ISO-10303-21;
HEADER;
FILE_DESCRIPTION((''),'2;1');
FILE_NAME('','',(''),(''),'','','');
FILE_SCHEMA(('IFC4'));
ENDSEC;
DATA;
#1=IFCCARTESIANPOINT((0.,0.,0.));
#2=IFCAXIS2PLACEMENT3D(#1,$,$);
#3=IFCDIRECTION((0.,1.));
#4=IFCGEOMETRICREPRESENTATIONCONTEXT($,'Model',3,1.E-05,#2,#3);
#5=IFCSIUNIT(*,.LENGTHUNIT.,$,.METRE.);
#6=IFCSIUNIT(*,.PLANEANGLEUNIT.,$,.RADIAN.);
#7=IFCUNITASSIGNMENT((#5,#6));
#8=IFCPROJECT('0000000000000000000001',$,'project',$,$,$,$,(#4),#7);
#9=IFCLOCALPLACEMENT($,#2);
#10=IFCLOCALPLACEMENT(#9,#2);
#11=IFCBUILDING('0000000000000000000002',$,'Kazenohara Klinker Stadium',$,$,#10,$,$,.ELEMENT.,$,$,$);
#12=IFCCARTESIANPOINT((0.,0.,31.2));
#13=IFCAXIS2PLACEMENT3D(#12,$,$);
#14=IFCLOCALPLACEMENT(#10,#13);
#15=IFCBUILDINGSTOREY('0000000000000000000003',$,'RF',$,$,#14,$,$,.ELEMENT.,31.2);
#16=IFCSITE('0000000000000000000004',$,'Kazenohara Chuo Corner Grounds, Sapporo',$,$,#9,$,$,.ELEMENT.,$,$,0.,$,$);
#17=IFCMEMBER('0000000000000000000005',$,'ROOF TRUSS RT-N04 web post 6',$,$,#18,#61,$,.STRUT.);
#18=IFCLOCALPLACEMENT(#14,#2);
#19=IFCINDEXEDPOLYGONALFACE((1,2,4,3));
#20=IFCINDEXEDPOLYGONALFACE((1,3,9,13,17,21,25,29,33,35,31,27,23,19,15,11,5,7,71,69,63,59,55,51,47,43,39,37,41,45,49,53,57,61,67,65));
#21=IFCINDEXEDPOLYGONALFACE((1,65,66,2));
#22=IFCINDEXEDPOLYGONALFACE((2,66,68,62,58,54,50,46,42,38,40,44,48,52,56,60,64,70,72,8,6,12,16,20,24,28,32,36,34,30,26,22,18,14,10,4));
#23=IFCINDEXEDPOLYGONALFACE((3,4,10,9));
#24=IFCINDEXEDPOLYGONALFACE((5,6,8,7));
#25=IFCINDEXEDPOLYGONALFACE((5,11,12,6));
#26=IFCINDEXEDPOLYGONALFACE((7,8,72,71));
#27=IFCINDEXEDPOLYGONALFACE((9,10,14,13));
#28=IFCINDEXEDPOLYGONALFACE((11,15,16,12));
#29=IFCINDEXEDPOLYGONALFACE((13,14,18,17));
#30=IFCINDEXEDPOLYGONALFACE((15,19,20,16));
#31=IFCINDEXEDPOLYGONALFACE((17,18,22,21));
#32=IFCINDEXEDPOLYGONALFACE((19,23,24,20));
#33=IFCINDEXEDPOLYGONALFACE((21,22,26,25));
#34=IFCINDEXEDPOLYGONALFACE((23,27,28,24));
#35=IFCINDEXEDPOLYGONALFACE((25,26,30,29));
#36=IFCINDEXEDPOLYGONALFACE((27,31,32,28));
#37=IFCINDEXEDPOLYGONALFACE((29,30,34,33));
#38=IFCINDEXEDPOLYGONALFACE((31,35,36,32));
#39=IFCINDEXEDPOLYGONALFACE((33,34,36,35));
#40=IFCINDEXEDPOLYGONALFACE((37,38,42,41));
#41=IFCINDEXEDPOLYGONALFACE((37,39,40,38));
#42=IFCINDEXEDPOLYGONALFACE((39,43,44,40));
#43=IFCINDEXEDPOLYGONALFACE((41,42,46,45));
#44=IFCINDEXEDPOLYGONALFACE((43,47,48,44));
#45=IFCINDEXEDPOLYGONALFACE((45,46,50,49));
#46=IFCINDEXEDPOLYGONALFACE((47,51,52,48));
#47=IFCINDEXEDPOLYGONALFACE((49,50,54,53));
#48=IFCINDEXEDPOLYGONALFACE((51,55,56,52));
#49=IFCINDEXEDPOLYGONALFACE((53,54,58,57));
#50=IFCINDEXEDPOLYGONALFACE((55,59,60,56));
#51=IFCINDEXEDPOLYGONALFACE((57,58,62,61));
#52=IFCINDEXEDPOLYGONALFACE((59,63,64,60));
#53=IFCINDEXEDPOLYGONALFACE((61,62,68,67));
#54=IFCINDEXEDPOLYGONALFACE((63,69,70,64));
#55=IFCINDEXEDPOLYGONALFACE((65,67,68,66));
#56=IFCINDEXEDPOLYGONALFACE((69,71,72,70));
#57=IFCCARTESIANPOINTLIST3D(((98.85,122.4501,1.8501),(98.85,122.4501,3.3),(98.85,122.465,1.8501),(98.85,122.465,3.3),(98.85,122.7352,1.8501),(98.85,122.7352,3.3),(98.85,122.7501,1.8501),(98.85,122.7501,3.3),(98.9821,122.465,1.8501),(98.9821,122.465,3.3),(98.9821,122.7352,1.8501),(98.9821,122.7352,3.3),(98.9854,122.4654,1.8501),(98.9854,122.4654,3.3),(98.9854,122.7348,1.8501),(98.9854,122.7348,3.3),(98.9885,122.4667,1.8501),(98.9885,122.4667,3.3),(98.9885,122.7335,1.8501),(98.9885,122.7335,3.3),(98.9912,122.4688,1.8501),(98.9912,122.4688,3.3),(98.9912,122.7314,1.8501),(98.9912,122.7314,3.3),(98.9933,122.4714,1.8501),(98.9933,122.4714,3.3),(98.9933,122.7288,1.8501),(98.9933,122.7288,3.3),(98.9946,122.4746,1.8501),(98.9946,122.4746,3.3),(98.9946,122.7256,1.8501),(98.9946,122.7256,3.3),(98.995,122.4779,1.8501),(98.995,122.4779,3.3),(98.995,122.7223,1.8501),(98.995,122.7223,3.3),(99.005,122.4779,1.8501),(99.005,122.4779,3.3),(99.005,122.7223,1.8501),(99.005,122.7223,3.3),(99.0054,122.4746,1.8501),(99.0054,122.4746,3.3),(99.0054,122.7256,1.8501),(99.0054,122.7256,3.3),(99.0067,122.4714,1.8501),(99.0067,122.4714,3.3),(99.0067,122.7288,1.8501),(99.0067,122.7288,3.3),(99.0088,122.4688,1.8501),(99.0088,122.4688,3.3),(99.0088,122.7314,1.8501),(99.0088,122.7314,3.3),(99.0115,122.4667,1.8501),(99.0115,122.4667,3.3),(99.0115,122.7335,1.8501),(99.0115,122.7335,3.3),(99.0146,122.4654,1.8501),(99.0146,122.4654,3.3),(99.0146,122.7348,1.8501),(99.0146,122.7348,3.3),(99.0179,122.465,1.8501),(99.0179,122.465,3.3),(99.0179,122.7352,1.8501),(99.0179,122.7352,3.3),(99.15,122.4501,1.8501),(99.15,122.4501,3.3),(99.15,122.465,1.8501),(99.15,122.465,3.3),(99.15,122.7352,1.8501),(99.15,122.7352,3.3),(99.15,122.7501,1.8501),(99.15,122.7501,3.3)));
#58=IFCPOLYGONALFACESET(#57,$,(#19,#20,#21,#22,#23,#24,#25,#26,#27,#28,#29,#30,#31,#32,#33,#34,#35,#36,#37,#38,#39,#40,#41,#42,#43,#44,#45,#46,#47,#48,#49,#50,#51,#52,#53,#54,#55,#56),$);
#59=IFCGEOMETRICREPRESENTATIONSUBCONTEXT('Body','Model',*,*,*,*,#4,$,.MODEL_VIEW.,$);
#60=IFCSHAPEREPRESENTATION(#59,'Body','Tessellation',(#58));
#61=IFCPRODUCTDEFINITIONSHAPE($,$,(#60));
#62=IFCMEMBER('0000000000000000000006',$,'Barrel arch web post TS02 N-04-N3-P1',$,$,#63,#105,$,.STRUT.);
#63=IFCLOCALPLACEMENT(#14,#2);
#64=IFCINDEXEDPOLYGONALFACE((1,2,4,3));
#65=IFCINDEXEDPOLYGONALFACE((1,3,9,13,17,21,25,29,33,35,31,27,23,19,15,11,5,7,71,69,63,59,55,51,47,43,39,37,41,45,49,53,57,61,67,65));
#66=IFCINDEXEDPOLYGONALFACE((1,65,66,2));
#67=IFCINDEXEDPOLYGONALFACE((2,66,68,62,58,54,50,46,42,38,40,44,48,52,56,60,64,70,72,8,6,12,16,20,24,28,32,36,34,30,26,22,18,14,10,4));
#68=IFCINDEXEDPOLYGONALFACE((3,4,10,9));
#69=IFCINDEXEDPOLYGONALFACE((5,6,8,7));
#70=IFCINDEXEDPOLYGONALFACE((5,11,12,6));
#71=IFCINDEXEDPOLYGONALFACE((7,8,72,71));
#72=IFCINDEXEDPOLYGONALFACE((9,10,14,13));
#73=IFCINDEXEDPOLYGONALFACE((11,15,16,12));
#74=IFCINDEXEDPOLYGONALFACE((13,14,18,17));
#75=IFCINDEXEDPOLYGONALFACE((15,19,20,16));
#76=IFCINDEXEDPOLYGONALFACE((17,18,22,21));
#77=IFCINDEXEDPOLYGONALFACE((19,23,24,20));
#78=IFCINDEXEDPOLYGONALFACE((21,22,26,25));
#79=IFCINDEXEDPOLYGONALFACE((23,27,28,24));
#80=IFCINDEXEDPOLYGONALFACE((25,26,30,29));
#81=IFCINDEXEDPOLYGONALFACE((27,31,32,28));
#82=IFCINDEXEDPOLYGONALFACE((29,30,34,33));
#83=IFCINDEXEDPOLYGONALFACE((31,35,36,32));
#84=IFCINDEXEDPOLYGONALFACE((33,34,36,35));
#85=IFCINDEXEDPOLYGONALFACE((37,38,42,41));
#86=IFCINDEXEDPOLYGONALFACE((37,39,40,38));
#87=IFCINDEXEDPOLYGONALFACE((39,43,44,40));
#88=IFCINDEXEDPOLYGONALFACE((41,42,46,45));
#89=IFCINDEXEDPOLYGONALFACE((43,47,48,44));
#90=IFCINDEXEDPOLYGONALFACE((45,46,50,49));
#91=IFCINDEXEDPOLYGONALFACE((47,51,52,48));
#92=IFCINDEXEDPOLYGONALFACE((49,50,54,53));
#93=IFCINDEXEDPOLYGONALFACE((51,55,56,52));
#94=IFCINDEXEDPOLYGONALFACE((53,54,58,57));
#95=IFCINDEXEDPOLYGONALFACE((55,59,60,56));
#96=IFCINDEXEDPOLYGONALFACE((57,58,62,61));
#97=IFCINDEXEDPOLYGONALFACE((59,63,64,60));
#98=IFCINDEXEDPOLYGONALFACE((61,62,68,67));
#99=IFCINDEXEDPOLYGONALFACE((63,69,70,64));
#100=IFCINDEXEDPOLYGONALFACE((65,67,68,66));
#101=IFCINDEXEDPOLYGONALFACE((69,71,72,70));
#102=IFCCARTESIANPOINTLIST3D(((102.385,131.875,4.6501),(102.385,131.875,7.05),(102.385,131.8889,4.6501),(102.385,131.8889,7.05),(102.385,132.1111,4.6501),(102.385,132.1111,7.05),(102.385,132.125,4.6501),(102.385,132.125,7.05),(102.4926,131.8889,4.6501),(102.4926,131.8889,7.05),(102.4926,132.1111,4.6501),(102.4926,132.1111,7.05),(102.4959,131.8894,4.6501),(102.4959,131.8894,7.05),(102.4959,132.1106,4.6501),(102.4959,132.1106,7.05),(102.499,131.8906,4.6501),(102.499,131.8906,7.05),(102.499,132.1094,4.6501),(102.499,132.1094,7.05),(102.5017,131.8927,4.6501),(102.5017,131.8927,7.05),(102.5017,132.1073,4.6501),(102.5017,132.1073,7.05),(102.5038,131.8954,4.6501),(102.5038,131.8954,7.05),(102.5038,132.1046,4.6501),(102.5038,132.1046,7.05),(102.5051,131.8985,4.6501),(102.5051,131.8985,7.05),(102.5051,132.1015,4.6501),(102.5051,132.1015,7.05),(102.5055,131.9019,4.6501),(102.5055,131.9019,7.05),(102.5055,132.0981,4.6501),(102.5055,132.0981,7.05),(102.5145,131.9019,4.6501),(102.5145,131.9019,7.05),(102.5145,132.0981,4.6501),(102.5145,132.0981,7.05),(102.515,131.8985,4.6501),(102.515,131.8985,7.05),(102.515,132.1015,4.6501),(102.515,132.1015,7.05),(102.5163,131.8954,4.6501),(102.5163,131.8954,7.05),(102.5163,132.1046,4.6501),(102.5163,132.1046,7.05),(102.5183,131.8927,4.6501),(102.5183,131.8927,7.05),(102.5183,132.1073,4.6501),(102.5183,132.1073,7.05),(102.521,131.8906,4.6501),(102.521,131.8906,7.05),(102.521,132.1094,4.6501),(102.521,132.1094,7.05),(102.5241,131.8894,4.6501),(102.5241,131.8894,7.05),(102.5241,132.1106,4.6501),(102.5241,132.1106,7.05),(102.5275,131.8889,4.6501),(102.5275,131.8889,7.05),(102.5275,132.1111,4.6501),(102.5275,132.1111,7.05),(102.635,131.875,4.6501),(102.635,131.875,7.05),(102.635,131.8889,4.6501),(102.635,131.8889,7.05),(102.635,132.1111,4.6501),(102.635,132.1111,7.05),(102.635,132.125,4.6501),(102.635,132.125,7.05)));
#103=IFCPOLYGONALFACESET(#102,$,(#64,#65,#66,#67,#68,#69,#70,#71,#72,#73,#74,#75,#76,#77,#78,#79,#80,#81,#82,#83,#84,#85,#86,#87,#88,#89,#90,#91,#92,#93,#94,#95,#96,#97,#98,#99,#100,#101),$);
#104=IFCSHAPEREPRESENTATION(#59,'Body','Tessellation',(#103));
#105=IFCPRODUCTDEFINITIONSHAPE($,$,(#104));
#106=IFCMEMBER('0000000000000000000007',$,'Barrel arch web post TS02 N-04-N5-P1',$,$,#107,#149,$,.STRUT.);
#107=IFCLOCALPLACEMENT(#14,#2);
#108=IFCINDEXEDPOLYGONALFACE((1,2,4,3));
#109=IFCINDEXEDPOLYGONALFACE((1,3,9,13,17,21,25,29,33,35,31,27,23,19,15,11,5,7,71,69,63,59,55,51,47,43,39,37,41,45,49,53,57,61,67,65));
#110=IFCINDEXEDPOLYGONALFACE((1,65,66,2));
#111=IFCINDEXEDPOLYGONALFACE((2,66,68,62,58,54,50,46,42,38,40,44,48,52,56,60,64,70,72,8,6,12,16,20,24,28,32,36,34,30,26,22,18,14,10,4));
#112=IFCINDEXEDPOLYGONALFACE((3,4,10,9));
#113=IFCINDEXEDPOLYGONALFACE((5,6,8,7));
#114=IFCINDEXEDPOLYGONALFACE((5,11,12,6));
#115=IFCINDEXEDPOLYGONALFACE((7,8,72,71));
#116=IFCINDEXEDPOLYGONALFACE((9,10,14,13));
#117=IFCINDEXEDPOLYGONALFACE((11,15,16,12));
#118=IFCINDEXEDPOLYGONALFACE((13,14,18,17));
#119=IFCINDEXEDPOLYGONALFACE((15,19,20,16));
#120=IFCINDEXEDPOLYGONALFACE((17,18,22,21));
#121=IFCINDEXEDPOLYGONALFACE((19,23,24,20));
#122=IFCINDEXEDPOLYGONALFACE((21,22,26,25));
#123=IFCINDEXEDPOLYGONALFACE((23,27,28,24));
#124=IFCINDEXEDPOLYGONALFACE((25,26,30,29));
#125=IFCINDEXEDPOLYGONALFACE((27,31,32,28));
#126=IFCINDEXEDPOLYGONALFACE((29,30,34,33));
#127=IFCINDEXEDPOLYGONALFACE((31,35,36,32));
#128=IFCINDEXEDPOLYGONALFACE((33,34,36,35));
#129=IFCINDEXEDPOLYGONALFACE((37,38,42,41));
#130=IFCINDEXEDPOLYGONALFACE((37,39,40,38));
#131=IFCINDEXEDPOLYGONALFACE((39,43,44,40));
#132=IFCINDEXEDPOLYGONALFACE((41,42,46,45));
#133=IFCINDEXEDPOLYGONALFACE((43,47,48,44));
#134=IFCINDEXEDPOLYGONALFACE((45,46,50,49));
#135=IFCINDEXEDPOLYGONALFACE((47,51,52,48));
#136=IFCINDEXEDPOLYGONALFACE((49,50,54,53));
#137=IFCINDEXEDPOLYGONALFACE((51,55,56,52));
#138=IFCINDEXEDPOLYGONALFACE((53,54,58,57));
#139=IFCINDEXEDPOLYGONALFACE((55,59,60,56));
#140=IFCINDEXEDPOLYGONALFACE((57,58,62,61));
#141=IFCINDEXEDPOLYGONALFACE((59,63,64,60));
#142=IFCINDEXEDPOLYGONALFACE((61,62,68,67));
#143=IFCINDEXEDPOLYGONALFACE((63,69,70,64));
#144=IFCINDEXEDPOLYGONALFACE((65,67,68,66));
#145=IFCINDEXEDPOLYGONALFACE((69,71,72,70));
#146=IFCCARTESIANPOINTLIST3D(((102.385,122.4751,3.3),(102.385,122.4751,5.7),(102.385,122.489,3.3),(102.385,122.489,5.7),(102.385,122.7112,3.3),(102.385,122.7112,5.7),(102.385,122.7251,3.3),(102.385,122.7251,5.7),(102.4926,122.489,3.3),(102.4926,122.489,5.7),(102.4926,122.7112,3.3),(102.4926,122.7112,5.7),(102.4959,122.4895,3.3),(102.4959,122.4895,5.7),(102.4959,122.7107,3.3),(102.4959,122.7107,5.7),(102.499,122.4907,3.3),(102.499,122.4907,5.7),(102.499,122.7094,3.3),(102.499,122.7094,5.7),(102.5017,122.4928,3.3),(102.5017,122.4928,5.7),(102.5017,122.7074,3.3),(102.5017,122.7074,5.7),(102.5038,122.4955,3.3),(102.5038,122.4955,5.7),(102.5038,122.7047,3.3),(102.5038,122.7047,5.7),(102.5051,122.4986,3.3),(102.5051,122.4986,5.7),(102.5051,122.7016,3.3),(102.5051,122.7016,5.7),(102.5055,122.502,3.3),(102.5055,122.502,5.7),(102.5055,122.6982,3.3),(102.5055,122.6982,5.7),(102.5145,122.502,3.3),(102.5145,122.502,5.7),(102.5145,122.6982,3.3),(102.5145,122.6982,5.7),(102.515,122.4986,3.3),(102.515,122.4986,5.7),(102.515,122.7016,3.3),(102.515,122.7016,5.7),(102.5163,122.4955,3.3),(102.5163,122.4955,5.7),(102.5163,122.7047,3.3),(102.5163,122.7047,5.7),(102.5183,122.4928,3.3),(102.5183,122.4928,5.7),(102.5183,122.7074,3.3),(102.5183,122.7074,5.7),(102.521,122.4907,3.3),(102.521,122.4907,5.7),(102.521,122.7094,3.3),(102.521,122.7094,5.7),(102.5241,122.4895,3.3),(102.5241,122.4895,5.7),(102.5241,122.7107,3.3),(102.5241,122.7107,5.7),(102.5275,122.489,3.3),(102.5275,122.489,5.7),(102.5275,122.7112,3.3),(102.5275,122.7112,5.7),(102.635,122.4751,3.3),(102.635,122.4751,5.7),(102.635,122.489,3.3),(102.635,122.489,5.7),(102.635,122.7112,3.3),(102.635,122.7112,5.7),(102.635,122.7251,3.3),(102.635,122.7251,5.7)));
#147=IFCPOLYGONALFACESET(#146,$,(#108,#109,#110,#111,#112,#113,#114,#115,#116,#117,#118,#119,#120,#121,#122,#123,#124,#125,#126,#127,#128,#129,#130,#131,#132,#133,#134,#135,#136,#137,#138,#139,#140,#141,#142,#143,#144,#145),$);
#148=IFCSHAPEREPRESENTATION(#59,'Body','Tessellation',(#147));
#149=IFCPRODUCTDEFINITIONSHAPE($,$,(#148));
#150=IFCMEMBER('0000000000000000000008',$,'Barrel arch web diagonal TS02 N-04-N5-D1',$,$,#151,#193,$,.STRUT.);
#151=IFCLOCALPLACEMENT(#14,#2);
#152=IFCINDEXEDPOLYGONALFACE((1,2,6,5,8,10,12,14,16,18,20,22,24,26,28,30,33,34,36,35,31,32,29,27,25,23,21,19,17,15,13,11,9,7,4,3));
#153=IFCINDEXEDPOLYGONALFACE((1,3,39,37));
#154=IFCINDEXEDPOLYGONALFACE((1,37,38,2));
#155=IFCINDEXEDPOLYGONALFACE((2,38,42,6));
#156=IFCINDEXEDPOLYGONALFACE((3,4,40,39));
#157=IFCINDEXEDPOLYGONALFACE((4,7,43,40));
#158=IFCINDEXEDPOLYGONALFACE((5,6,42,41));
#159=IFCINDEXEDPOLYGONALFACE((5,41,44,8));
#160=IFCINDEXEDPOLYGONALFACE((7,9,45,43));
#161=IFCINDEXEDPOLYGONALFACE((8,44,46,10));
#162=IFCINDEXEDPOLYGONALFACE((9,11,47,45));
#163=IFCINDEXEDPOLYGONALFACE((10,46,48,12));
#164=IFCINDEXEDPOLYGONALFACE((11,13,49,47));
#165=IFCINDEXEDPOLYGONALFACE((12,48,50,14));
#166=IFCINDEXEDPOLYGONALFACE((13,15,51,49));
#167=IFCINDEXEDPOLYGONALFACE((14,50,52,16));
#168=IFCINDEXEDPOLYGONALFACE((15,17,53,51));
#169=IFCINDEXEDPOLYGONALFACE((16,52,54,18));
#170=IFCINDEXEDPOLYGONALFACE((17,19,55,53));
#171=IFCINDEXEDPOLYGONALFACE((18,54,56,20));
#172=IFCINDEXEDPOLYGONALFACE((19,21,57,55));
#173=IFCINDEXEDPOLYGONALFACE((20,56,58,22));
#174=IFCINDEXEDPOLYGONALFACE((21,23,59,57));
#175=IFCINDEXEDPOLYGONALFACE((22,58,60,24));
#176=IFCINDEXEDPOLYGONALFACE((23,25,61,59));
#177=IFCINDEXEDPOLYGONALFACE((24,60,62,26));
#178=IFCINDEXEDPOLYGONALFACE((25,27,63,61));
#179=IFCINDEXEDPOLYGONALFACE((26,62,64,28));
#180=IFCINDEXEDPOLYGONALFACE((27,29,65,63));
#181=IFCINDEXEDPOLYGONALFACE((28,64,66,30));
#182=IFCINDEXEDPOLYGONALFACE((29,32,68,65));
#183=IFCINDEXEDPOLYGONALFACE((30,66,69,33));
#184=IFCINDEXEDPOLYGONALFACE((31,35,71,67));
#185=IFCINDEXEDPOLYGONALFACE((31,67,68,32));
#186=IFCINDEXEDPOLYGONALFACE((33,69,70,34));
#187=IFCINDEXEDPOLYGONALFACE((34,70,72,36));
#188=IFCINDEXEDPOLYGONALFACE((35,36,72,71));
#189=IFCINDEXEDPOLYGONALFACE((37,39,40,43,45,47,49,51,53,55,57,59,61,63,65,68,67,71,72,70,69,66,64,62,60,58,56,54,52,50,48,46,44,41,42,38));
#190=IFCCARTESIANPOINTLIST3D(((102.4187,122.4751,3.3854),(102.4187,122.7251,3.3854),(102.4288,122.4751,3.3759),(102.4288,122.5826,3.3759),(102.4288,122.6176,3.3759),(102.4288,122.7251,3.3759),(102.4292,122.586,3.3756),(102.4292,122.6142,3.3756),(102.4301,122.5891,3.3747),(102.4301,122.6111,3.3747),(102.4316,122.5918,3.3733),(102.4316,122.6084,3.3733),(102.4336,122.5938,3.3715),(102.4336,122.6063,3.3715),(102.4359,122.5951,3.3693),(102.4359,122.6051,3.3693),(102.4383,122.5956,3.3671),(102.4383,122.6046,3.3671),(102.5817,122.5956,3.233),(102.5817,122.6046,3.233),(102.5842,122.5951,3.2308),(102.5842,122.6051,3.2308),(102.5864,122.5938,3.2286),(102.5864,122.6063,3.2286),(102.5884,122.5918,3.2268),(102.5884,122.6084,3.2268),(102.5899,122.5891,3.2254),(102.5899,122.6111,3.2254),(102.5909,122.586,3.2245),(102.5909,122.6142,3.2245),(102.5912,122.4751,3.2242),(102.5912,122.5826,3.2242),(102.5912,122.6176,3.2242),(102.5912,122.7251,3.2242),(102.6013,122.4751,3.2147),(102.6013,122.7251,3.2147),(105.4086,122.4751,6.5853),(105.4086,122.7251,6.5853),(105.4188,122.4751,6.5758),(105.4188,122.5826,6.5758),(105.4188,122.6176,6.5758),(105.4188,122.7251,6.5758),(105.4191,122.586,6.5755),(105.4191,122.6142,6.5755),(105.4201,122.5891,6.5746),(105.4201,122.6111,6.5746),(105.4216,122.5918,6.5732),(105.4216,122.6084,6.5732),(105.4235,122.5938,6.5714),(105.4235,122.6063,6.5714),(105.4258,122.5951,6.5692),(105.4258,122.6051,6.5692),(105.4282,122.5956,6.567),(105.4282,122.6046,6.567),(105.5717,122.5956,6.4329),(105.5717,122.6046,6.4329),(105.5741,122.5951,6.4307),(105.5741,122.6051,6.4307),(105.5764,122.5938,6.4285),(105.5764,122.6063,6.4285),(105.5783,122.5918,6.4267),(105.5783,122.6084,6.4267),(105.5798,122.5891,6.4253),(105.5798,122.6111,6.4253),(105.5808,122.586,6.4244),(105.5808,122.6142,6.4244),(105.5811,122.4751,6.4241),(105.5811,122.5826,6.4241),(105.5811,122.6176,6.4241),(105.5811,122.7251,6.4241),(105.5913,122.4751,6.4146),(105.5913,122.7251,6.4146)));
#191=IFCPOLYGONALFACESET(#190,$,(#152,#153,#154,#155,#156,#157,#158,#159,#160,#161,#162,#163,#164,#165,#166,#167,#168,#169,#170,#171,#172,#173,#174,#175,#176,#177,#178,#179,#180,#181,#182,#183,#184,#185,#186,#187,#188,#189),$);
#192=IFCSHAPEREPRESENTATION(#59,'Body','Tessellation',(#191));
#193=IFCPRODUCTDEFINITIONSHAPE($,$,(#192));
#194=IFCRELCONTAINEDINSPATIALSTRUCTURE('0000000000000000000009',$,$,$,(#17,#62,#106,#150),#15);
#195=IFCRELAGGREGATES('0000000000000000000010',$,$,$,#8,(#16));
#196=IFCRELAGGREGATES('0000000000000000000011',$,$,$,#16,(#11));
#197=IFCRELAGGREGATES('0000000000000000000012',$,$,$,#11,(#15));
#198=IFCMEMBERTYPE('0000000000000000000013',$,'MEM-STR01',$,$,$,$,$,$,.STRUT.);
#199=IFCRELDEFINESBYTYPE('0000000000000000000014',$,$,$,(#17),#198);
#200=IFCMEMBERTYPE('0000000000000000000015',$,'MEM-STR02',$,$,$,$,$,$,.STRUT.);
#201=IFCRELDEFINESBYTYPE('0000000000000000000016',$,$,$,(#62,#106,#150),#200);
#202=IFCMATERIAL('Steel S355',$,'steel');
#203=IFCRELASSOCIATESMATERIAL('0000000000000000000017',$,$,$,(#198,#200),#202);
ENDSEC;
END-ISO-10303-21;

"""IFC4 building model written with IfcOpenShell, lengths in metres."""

from ifc_helpers import new_model, si_unit, direction, frame, origin, origin_2d, place, context, subcontext, project, spatial, i_section, extrude, material, material_profile, profile_set, type_object, element, save


model = new_model("IFC4")

# Units and contexts
model_context = context("Model", 3, precision=1e-05, world=origin(), true_north=direction((0.0, 1.0)))
body_context = subcontext(model_context, "Body", "Model", "MODEL_VIEW")
ifc_project = project(units=[si_unit("LENGTHUNIT", "METRE"), si_unit("PLANEANGLEUNIT", "RADIAN")], contexts=[model_context])

# Site, building, storey
site_placement = place(None, origin())
site = spatial("IfcSite", under=ifc_project, at=site_placement, Name="Kazenohara Chuo Corner Grounds, Sapporo", CompositionType="ELEMENT", RefElevation=0.0)
building_placement = place(site_placement, origin())
building = spatial("IfcBuilding", under=site, at=building_placement, Name="Kazenohara Klinker Stadium", CompositionType="ELEMENT")
storey_placement = place(building_placement, frame((0.0, 0.0, 31.2)))
storey = spatial("IfcBuildingStorey", under=building, at=storey_placement, Name="RF", CompositionType="ELEMENT", Elevation=31.2)

# Members
ifc_material_1 = material(Name="Steel S355", Category="steel")
ifc_material_profile_1 = material_profile(ifc_material_1, i_section(OverallWidth=0.3, OverallDepth=0.3, WebThickness=0.01, FlangeThickness=0.0149, FilletRadius=0.0129, at=origin_2d()), Name="H-300x300x10x15")
ifc_profile_set_1 = profile_set([ifc_material_profile_1], Name="Steel S355")
member_type_1 = type_object("IfcMemberType", Name="MEM-STR01", PredefinedType="STRUT", material=ifc_profile_set_1)
member_1_placement = place(storey_placement, frame((99.0, 122.6001, 1.8501), z_axis=(0.0, 0.0, 1.0), x_axis=(1.0, 0.0, 0.0)))
element("IfcMember", 1, at=member_1_placement, inside=storey, type_object=member_type_1, Name="ROOF TRUSS RT-N04 web post 6", PredefinedType="STRUT", context=body_context, shape_type="SweptSolid", body=[
    extrude(i_section(OverallWidth=0.3, OverallDepth=0.3, WebThickness=0.01, FlangeThickness=0.0149, FilletRadius=0.0129, at=origin_2d()), origin(), (0.0, 0.0, 1.0), 1.45),
])
ifc_material_profile_2 = material_profile(ifc_material_1, i_section(OverallWidth=0.25, OverallDepth=0.25, WebThickness=0.009, FlangeThickness=0.0139, FilletRadius=0.0129, at=origin_2d()), Name="H-250x250x9x14")
ifc_profile_set_2 = profile_set([ifc_material_profile_2], Name="Steel S355")
member_type_2 = type_object("IfcMemberType", Name="MEM-STR02", PredefinedType="STRUT", material=ifc_profile_set_2)
for number, where, z_axis, x_axis, name in (
    (2, (102.51, 132.0, 4.6501), (0.0, 0.0, 1.0), (1.0, 0.0, 0.0), "Barrel arch web post TS02 N-04-N3-P1"),
    (3, (102.51, 122.6001, 3.3), (0.0, 0.0, 1.0), (1.0, 0.0, 0.0), "Barrel arch web post TS02 N-04-N5-P1"),
):
    element("IfcMember", number, at=place(storey_placement, frame(where, z_axis=z_axis, x_axis=x_axis)), inside=storey, type_object=member_type_2, Name=name, PredefinedType="STRUT", context=body_context, shape_type="SweptSolid", body=[
        extrude(i_section(OverallWidth=0.25, OverallDepth=0.25, WebThickness=0.009, FlangeThickness=0.0139, FilletRadius=0.0129, at=origin_2d()), origin(), (0.0, 0.0, 1.0), 2.3999),
    ])
member_2_placement = place(storey_placement, frame((102.51, 122.6001, 3.3), z_axis=(0.682729, 0.0, 0.730671), x_axis=(0.0, 1.0, 0.0)))
element("IfcMember", 4, at=member_2_placement, inside=storey, type_object=member_type_2, Name="Barrel arch web diagonal TS02 N-04-N5-D1", PredefinedType="STRUT", context=body_context, shape_type="SweptSolid", body=[
    extrude(i_section(OverallWidth=0.25, OverallDepth=0.25, WebThickness=0.009, FlangeThickness=0.0139, FilletRadius=0.0129, at=origin_2d()), origin(), (0.0, 0.0, 1.0), 4.3794),
])

save(model, "model.ifc")
